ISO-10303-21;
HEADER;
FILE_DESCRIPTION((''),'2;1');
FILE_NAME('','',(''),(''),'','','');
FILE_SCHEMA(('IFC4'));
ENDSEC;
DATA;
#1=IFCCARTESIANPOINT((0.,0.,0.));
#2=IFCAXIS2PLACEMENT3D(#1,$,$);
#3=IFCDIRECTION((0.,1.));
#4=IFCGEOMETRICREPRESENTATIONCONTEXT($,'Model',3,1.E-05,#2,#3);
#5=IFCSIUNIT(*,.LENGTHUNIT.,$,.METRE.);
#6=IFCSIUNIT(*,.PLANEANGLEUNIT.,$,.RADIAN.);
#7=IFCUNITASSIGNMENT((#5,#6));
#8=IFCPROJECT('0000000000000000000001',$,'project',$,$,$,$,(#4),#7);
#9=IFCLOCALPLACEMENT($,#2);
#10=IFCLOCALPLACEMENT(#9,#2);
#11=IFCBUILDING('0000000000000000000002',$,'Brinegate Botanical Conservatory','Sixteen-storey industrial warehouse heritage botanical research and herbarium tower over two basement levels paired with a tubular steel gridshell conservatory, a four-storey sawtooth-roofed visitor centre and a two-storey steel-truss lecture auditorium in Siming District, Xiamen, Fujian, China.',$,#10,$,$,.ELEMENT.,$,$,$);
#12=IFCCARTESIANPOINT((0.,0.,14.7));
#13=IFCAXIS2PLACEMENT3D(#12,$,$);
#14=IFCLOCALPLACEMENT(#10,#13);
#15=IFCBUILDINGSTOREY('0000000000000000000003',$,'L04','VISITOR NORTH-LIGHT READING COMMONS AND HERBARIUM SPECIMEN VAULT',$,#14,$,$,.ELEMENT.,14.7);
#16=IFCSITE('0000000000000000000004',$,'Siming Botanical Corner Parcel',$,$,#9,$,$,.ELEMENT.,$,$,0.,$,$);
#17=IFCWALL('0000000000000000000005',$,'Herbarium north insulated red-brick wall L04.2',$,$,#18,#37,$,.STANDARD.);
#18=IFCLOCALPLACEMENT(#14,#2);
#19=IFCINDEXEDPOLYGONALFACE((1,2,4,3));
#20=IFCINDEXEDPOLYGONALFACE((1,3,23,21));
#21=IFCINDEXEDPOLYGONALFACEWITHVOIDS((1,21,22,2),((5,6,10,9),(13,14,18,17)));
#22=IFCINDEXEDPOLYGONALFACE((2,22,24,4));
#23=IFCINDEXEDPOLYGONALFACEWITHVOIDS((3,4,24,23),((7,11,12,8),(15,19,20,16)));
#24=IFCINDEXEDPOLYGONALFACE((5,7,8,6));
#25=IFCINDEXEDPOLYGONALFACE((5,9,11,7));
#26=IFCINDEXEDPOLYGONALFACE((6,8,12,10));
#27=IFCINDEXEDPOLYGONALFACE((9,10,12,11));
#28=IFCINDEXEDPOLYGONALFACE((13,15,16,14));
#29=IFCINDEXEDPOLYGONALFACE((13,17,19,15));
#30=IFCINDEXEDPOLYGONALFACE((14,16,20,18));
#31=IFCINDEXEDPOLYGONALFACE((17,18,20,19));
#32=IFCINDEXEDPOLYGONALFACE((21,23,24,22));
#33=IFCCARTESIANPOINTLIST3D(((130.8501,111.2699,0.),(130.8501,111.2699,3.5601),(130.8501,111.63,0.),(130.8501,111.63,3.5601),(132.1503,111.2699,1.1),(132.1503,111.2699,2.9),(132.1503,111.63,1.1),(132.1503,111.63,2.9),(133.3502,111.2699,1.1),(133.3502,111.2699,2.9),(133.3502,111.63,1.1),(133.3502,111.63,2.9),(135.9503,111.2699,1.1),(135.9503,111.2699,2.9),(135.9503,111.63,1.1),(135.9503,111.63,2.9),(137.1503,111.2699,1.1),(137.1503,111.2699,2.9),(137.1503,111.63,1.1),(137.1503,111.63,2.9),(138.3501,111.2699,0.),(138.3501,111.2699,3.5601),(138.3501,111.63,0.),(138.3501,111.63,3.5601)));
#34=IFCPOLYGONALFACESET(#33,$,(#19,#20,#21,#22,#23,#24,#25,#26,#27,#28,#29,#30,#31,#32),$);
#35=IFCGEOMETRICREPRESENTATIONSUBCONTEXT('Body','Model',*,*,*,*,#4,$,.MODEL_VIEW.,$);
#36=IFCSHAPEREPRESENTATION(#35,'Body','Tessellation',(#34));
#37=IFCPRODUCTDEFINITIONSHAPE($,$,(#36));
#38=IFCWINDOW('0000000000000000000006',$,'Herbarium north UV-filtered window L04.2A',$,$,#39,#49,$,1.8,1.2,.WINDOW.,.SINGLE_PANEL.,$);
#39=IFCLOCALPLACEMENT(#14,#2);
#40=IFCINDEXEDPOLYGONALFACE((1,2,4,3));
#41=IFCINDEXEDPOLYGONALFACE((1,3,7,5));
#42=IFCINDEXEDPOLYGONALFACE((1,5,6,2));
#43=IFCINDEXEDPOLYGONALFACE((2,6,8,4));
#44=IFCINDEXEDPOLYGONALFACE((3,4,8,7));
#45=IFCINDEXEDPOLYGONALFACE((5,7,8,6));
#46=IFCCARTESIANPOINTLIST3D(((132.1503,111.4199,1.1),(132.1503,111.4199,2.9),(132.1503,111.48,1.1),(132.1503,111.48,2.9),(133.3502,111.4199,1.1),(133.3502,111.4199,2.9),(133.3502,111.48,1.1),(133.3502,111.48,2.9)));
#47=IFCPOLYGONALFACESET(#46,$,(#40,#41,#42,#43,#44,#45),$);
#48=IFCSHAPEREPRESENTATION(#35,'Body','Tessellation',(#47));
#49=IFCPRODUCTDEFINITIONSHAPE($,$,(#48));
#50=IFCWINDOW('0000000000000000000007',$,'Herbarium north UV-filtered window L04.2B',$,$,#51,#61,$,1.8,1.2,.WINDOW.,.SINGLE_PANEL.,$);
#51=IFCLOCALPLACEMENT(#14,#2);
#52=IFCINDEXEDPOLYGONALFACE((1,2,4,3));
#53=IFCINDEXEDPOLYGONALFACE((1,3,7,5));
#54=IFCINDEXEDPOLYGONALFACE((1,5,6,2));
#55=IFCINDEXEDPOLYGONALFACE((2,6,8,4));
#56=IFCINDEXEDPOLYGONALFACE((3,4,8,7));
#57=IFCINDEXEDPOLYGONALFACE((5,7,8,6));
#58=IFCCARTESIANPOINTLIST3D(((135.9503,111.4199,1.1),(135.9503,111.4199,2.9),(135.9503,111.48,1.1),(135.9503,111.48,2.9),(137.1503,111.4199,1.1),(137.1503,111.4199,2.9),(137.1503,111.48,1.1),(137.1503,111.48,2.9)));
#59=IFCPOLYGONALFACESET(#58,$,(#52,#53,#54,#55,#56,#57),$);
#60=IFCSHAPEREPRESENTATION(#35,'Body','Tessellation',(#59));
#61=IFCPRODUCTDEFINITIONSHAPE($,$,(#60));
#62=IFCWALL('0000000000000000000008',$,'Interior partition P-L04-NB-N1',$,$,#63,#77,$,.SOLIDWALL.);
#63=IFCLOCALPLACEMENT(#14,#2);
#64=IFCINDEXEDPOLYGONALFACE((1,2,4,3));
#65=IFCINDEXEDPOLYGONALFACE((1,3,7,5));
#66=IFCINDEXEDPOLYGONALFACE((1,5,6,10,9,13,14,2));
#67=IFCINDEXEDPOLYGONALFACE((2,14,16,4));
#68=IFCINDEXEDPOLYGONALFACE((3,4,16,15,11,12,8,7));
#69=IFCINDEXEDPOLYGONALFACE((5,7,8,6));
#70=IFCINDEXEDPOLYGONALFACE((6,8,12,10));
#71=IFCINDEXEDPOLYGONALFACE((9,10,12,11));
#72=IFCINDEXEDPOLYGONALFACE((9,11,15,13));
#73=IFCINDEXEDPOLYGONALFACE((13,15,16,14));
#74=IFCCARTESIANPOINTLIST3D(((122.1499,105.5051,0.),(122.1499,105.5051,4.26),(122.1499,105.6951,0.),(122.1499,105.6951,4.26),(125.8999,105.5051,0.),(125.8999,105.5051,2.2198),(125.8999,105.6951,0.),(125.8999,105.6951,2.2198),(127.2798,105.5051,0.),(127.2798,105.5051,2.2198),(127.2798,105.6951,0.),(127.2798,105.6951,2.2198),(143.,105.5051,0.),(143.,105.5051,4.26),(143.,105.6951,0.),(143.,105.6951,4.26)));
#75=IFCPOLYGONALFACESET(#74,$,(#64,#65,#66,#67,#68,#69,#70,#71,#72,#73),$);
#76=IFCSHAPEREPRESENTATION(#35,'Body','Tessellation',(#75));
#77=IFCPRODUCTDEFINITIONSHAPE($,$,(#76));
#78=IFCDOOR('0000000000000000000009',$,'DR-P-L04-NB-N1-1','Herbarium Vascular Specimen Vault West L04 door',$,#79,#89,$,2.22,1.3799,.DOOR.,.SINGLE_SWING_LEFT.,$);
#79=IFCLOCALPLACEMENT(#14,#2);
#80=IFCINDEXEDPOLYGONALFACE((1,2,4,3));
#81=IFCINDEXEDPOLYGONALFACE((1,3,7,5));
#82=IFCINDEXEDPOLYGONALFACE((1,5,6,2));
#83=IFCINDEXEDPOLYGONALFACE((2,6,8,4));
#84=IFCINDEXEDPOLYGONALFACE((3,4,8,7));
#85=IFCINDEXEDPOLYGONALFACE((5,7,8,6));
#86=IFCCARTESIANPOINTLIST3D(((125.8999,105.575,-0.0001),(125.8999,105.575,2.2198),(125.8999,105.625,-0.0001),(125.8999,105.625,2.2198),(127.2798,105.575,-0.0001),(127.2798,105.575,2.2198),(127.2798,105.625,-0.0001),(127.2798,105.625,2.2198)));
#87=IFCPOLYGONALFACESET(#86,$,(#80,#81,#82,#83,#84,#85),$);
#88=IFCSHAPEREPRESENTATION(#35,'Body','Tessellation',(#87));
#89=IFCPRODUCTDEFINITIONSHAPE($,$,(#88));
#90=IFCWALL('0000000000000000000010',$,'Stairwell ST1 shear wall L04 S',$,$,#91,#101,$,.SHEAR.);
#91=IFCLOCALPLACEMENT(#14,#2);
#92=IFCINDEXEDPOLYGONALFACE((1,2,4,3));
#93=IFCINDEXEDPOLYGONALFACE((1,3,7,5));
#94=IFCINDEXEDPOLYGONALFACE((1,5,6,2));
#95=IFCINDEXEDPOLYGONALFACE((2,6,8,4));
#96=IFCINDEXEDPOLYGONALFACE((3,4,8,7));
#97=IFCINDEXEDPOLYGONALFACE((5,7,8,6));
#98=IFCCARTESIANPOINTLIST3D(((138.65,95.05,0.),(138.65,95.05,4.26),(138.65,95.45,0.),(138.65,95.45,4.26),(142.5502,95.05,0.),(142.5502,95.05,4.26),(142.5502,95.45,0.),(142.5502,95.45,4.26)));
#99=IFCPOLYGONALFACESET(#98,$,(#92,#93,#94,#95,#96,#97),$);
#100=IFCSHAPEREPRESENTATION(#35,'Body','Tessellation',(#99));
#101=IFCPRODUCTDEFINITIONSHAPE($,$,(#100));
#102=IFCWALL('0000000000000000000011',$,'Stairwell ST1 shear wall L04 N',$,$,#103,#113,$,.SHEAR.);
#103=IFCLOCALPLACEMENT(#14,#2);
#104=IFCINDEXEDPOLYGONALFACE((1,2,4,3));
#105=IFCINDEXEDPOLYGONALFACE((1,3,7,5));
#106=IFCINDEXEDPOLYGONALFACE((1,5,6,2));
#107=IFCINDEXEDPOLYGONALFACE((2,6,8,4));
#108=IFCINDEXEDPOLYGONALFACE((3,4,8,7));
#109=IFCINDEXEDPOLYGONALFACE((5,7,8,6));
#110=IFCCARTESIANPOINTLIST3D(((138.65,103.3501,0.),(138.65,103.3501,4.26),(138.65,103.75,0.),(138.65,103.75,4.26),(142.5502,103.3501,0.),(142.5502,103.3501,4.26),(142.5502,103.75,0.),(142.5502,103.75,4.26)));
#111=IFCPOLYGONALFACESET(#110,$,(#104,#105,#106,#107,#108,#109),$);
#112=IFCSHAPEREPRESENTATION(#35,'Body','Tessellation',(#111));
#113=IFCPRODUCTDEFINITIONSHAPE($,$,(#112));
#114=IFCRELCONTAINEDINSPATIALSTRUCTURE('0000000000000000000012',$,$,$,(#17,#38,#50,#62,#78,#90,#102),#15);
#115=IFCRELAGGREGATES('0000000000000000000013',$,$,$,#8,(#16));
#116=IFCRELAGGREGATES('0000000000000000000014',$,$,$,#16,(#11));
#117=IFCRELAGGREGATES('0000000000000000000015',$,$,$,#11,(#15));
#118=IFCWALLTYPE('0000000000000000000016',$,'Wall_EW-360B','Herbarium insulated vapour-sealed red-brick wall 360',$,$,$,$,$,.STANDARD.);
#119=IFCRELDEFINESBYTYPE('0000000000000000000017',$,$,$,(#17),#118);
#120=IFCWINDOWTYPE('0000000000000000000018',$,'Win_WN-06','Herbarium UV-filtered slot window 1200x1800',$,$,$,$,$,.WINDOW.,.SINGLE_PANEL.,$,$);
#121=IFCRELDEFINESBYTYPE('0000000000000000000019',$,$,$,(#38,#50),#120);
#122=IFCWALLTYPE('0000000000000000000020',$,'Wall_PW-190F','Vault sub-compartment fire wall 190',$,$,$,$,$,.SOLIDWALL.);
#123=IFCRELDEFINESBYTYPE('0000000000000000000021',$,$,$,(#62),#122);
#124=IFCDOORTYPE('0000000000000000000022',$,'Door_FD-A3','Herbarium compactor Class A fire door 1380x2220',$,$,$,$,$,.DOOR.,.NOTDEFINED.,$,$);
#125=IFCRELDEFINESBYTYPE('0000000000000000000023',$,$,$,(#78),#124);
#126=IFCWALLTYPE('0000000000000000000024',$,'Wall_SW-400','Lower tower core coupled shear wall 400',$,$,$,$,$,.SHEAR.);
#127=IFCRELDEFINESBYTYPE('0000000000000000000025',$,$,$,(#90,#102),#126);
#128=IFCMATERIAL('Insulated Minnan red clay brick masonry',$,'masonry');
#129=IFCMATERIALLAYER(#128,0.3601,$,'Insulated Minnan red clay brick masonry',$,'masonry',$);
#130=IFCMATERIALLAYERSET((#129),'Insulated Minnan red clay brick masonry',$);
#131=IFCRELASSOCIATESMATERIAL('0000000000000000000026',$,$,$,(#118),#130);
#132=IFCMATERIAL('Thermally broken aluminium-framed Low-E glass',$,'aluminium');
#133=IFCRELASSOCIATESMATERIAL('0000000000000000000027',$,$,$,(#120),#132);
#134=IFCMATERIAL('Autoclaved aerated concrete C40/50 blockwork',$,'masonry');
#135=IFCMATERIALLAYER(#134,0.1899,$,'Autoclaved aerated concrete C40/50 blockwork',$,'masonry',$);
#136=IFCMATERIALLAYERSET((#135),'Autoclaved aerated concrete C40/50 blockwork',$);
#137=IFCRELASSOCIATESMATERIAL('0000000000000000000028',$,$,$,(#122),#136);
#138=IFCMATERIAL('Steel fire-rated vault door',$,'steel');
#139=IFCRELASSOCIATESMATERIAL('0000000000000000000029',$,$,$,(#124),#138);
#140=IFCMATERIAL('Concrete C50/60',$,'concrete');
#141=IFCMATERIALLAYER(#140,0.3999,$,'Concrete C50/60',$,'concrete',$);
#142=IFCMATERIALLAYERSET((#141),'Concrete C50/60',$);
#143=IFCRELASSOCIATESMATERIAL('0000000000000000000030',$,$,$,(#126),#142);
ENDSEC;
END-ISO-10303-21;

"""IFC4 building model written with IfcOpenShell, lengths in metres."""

from ifc_helpers import new_model, si_unit, direction, frame, frame_2d, origin, place, context, subcontext, project, spatial, rectangle, extrude, material, layer, layer_set, type_object, element, fill, save


model = new_model("IFC4")

# Units and contexts
model_context = context("Model", 3, precision=1e-05, world=origin(), true_north=direction((0.0, 1.0)))
body_context = subcontext(model_context, "Body", "Model", "MODEL_VIEW")
ifc_project = project(units=[si_unit("LENGTHUNIT", "METRE"), si_unit("PLANEANGLEUNIT", "RADIAN")], contexts=[model_context])

# Site, building, storey
site_placement = place(None, origin())
site = spatial("IfcSite", under=ifc_project, at=site_placement, Name="Siming Botanical Corner Parcel", CompositionType="ELEMENT", RefElevation=0.0)
building_placement = place(site_placement, origin())
building = spatial("IfcBuilding", under=site, at=building_placement, Name="Brinegate Botanical Conservatory", Description="Sixteen-storey industrial warehouse heritage botanical research and herbarium tower over two basement levels paired with a tubular steel gridshell conservatory, a four-storey sawtooth-roofed visitor centre and a two-storey steel-truss lecture auditorium in Siming District, Xiamen, Fujian, China.", CompositionType="ELEMENT")
storey_placement = place(building_placement, frame((0.0, 0.0, 14.7)))
storey = spatial("IfcBuildingStorey", under=building, at=storey_placement, Name="L04", Description="VISITOR NORTH-LIGHT READING COMMONS AND HERBARIUM SPECIMEN VAULT", CompositionType="ELEMENT", Elevation=14.7)

# Shared definitions
ifc_material_1 = material(Name="Concrete C50/60", Category="concrete")

# Shared definitions
ifc_material_2 = material(Name="Insulated Minnan red clay brick masonry", Category="masonry")

# Wall, openings, windows
ifc_layer_1 = layer(ifc_material_2, 0.3601, Name="Insulated Minnan red clay brick masonry", Category="masonry")
ifc_layer_set_1 = layer_set([ifc_layer_1], Name="Insulated Minnan red clay brick masonry")
wall_type_1 = type_object("IfcWallType", Name="Wall_EW-360B", Description="Herbarium insulated vapour-sealed red-brick wall 360", PredefinedType="STANDARD", material=ifc_layer_set_1)
ifc_material_3 = material(Name="Thermally broken aluminium-framed Low-E glass", Category="aluminium")
window_type = type_object("IfcWindowType", Name="Win_WN-06", Description="Herbarium UV-filtered slot window 1200x1800", PartitioningType="SINGLE_PANEL", PredefinedType="WINDOW", material=ifc_material_3)
wall_1_placement = place(storey_placement, frame((130.8501, 111.45, 0.0), z_axis=(0.0, 0.0, 1.0), x_axis=(1.0, 0.0, 0.0)))
wall_1 = element("IfcWall", 1, at=wall_1_placement, inside=storey, type_object=wall_type_1, Name="Herbarium north insulated red-brick wall L04.2", PredefinedType="STANDARD", context=body_context, shape_type="SweptSolid", body=[
    extrude(rectangle(XDim=7.5, YDim=0.3601, at=frame_2d((3.75, 0.0))), origin(), (0.0, 0.0, 1.0), 3.5601),
])
opening_1_placement = place(wall_1_placement, frame((1.3, 0.0, 1.1001)))
opening_1 = element("IfcOpeningElement", 2, at=opening_1_placement, cuts=wall_1, PredefinedType="OPENING", context=body_context, shape_type="SweptSolid", body=[
    extrude(rectangle(XDim=1.2, YDim=1.8, at=frame_2d((0.6001, 0.8999))), frame((0.0, 0.1899, 0.0), z_axis=(0.0, -1.0, 0.0), x_axis=(1.0, 0.0, 0.0)), (0.0, 0.0, 1.0), 0.3801),
])
opening_2_placement = place(wall_1_placement, frame((5.1001, 0.0, 1.1001)))
opening_2 = element("IfcOpeningElement", 3, at=opening_2_placement, cuts=wall_1, PredefinedType="OPENING", context=body_context, shape_type="SweptSolid", body=[
    extrude(rectangle(XDim=1.2, YDim=1.8, at=frame_2d((0.6001, 0.8999))), frame((0.0, 0.1899, 0.0), z_axis=(0.0, -1.0, 0.0), x_axis=(1.0, 0.0, 0.0)), (0.0, 0.0, 1.0), 0.3801),
])
window_1_placement = place(opening_1_placement, origin())
window_1 = element("IfcWindow", 4, at=window_1_placement, inside=storey, type_object=window_type, Name="Herbarium north UV-filtered window L04.2A", OverallHeight=1.8, OverallWidth=1.2, PartitioningType="SINGLE_PANEL", PredefinedType="WINDOW", context=body_context, shape_type="SweptSolid", body=[
    extrude(rectangle(XDim=1.2, YDim=1.8, at=frame_2d((0.6001, 0.8999))), frame((0.0, 0.03, 0.0), z_axis=(0.0, -1.0, 0.0), x_axis=(1.0, 0.0, 0.0)), (0.0, 0.0, 1.0), 0.0601),
])
fill(opening_1, window_1)
window_2_placement = place(opening_2_placement, origin())
window_2 = element("IfcWindow", 5, at=window_2_placement, inside=storey, type_object=window_type, Name="Herbarium north UV-filtered window L04.2B", OverallHeight=1.8, OverallWidth=1.2, PartitioningType="SINGLE_PANEL", PredefinedType="WINDOW", context=body_context, shape_type="SweptSolid", body=[
    extrude(rectangle(XDim=1.2, YDim=1.8, at=frame_2d((0.6001, 0.8999))), frame((0.0, 0.03, 0.0), z_axis=(0.0, -1.0, 0.0), x_axis=(1.0, 0.0, 0.0)), (0.0, 0.0, 1.0), 0.0601),
])
fill(opening_2, window_2)

# Wall, opening, door
ifc_material_4 = material(Name="Autoclaved aerated concrete C40/50 blockwork", Category="masonry")
ifc_layer_2 = layer(ifc_material_4, 0.1899, Name="Autoclaved aerated concrete C40/50 blockwork", Category="masonry")
ifc_layer_set_2 = layer_set([ifc_layer_2], Name="Autoclaved aerated concrete C40/50 blockwork")
wall_type_2 = type_object("IfcWallType", Name="Wall_PW-190F", Description="Vault sub-compartment fire wall 190", PredefinedType="SOLIDWALL", material=ifc_layer_set_2)
wall_2_placement = place(storey_placement, frame((122.1499, 105.6001, 0.0), z_axis=(0.0, 0.0, 1.0), x_axis=(1.0, 0.0, 0.0)))
wall_2 = element("IfcWall", 6, at=wall_2_placement, inside=storey, type_object=wall_type_2, Name="Interior partition P-L04-NB-N1", PredefinedType="SOLIDWALL", context=body_context, shape_type="SweptSolid", body=[
    extrude(rectangle(XDim=20.8501, YDim=0.1899, at=frame_2d((10.425, 0.0))), origin(), (0.0, 0.0, 1.0), 4.26),
])
opening_3_placement = place(wall_2_placement, frame((3.75, 0.0, 0.0)))
opening_3 = element("IfcOpeningElement", 7, at=opening_3_placement, cuts=wall_2, PredefinedType="OPENING", context=body_context, shape_type="SweptSolid", body=[
    extrude(rectangle(XDim=1.3799, YDim=2.22, at=frame_2d((0.6899, 1.1099))), frame((0.0, 0.105, 0.0), z_axis=(0.0, -1.0, 0.0), x_axis=(1.0, 0.0, 0.0)), (0.0, 0.0, 1.0), 0.21),
])
ifc_material_5 = material(Name="Steel fire-rated vault door", Category="steel")
door_type = type_object("IfcDoorType", Name="Door_FD-A3", Description="Herbarium compactor Class A fire door 1380x2220", OperationType="NOTDEFINED", PredefinedType="DOOR", material=ifc_material_5)
door_placement = place(opening_3_placement, origin())
door = element("IfcDoor", 8, at=door_placement, inside=storey, type_object=door_type, Name="DR-P-L04-NB-N1-1", Description="Herbarium Vascular Specimen Vault West L04 door", OperationType="SINGLE_SWING_LEFT", OverallHeight=2.22, OverallWidth=1.3799, PredefinedType="DOOR", context=body_context, shape_type="SweptSolid", body=[
    extrude(rectangle(XDim=1.3799, YDim=2.22, at=frame_2d((0.6899, 1.1099))), frame((0.0, 0.0249, 0.0), z_axis=(0.0, -1.0, 0.0), x_axis=(1.0, 0.0, 0.0)), (0.0, 0.0, 1.0), 0.05),
])
fill(opening_3, door)

# Walls
ifc_layer_3 = layer(ifc_material_1, 0.3999, Name="Concrete C50/60", Category="concrete")
ifc_layer_set_3 = layer_set([ifc_layer_3], Name="Concrete C50/60")
wall_type_3 = type_object("IfcWallType", Name="Wall_SW-400", Description="Lower tower core coupled shear wall 400", PredefinedType="SHEAR", material=ifc_layer_set_3)
for number, where, z_axis, x_axis, name in (
    (9, (138.6499, 95.25, 0.0), (0.0, 0.0, 1.0), (1.0, 0.0, 0.0), "Stairwell ST1 shear wall L04 S"),
    (10, (138.6499, 103.55, 0.0), (0.0, 0.0, 1.0), (1.0, 0.0, 0.0), "Stairwell ST1 shear wall L04 N"),
):
    element("IfcWall", number, at=place(storey_placement, frame(where, z_axis=z_axis, x_axis=x_axis)), inside=storey, type_object=wall_type_3, Name=name, PredefinedType="SHEAR", context=body_context, shape_type="SweptSolid", body=[
        extrude(rectangle(XDim=3.9001, YDim=0.3999, at=frame_2d((1.9502, 0.0))), origin(), (0.0, 0.0, 1.0), 4.26),
    ])

save(model, "model.ifc")
